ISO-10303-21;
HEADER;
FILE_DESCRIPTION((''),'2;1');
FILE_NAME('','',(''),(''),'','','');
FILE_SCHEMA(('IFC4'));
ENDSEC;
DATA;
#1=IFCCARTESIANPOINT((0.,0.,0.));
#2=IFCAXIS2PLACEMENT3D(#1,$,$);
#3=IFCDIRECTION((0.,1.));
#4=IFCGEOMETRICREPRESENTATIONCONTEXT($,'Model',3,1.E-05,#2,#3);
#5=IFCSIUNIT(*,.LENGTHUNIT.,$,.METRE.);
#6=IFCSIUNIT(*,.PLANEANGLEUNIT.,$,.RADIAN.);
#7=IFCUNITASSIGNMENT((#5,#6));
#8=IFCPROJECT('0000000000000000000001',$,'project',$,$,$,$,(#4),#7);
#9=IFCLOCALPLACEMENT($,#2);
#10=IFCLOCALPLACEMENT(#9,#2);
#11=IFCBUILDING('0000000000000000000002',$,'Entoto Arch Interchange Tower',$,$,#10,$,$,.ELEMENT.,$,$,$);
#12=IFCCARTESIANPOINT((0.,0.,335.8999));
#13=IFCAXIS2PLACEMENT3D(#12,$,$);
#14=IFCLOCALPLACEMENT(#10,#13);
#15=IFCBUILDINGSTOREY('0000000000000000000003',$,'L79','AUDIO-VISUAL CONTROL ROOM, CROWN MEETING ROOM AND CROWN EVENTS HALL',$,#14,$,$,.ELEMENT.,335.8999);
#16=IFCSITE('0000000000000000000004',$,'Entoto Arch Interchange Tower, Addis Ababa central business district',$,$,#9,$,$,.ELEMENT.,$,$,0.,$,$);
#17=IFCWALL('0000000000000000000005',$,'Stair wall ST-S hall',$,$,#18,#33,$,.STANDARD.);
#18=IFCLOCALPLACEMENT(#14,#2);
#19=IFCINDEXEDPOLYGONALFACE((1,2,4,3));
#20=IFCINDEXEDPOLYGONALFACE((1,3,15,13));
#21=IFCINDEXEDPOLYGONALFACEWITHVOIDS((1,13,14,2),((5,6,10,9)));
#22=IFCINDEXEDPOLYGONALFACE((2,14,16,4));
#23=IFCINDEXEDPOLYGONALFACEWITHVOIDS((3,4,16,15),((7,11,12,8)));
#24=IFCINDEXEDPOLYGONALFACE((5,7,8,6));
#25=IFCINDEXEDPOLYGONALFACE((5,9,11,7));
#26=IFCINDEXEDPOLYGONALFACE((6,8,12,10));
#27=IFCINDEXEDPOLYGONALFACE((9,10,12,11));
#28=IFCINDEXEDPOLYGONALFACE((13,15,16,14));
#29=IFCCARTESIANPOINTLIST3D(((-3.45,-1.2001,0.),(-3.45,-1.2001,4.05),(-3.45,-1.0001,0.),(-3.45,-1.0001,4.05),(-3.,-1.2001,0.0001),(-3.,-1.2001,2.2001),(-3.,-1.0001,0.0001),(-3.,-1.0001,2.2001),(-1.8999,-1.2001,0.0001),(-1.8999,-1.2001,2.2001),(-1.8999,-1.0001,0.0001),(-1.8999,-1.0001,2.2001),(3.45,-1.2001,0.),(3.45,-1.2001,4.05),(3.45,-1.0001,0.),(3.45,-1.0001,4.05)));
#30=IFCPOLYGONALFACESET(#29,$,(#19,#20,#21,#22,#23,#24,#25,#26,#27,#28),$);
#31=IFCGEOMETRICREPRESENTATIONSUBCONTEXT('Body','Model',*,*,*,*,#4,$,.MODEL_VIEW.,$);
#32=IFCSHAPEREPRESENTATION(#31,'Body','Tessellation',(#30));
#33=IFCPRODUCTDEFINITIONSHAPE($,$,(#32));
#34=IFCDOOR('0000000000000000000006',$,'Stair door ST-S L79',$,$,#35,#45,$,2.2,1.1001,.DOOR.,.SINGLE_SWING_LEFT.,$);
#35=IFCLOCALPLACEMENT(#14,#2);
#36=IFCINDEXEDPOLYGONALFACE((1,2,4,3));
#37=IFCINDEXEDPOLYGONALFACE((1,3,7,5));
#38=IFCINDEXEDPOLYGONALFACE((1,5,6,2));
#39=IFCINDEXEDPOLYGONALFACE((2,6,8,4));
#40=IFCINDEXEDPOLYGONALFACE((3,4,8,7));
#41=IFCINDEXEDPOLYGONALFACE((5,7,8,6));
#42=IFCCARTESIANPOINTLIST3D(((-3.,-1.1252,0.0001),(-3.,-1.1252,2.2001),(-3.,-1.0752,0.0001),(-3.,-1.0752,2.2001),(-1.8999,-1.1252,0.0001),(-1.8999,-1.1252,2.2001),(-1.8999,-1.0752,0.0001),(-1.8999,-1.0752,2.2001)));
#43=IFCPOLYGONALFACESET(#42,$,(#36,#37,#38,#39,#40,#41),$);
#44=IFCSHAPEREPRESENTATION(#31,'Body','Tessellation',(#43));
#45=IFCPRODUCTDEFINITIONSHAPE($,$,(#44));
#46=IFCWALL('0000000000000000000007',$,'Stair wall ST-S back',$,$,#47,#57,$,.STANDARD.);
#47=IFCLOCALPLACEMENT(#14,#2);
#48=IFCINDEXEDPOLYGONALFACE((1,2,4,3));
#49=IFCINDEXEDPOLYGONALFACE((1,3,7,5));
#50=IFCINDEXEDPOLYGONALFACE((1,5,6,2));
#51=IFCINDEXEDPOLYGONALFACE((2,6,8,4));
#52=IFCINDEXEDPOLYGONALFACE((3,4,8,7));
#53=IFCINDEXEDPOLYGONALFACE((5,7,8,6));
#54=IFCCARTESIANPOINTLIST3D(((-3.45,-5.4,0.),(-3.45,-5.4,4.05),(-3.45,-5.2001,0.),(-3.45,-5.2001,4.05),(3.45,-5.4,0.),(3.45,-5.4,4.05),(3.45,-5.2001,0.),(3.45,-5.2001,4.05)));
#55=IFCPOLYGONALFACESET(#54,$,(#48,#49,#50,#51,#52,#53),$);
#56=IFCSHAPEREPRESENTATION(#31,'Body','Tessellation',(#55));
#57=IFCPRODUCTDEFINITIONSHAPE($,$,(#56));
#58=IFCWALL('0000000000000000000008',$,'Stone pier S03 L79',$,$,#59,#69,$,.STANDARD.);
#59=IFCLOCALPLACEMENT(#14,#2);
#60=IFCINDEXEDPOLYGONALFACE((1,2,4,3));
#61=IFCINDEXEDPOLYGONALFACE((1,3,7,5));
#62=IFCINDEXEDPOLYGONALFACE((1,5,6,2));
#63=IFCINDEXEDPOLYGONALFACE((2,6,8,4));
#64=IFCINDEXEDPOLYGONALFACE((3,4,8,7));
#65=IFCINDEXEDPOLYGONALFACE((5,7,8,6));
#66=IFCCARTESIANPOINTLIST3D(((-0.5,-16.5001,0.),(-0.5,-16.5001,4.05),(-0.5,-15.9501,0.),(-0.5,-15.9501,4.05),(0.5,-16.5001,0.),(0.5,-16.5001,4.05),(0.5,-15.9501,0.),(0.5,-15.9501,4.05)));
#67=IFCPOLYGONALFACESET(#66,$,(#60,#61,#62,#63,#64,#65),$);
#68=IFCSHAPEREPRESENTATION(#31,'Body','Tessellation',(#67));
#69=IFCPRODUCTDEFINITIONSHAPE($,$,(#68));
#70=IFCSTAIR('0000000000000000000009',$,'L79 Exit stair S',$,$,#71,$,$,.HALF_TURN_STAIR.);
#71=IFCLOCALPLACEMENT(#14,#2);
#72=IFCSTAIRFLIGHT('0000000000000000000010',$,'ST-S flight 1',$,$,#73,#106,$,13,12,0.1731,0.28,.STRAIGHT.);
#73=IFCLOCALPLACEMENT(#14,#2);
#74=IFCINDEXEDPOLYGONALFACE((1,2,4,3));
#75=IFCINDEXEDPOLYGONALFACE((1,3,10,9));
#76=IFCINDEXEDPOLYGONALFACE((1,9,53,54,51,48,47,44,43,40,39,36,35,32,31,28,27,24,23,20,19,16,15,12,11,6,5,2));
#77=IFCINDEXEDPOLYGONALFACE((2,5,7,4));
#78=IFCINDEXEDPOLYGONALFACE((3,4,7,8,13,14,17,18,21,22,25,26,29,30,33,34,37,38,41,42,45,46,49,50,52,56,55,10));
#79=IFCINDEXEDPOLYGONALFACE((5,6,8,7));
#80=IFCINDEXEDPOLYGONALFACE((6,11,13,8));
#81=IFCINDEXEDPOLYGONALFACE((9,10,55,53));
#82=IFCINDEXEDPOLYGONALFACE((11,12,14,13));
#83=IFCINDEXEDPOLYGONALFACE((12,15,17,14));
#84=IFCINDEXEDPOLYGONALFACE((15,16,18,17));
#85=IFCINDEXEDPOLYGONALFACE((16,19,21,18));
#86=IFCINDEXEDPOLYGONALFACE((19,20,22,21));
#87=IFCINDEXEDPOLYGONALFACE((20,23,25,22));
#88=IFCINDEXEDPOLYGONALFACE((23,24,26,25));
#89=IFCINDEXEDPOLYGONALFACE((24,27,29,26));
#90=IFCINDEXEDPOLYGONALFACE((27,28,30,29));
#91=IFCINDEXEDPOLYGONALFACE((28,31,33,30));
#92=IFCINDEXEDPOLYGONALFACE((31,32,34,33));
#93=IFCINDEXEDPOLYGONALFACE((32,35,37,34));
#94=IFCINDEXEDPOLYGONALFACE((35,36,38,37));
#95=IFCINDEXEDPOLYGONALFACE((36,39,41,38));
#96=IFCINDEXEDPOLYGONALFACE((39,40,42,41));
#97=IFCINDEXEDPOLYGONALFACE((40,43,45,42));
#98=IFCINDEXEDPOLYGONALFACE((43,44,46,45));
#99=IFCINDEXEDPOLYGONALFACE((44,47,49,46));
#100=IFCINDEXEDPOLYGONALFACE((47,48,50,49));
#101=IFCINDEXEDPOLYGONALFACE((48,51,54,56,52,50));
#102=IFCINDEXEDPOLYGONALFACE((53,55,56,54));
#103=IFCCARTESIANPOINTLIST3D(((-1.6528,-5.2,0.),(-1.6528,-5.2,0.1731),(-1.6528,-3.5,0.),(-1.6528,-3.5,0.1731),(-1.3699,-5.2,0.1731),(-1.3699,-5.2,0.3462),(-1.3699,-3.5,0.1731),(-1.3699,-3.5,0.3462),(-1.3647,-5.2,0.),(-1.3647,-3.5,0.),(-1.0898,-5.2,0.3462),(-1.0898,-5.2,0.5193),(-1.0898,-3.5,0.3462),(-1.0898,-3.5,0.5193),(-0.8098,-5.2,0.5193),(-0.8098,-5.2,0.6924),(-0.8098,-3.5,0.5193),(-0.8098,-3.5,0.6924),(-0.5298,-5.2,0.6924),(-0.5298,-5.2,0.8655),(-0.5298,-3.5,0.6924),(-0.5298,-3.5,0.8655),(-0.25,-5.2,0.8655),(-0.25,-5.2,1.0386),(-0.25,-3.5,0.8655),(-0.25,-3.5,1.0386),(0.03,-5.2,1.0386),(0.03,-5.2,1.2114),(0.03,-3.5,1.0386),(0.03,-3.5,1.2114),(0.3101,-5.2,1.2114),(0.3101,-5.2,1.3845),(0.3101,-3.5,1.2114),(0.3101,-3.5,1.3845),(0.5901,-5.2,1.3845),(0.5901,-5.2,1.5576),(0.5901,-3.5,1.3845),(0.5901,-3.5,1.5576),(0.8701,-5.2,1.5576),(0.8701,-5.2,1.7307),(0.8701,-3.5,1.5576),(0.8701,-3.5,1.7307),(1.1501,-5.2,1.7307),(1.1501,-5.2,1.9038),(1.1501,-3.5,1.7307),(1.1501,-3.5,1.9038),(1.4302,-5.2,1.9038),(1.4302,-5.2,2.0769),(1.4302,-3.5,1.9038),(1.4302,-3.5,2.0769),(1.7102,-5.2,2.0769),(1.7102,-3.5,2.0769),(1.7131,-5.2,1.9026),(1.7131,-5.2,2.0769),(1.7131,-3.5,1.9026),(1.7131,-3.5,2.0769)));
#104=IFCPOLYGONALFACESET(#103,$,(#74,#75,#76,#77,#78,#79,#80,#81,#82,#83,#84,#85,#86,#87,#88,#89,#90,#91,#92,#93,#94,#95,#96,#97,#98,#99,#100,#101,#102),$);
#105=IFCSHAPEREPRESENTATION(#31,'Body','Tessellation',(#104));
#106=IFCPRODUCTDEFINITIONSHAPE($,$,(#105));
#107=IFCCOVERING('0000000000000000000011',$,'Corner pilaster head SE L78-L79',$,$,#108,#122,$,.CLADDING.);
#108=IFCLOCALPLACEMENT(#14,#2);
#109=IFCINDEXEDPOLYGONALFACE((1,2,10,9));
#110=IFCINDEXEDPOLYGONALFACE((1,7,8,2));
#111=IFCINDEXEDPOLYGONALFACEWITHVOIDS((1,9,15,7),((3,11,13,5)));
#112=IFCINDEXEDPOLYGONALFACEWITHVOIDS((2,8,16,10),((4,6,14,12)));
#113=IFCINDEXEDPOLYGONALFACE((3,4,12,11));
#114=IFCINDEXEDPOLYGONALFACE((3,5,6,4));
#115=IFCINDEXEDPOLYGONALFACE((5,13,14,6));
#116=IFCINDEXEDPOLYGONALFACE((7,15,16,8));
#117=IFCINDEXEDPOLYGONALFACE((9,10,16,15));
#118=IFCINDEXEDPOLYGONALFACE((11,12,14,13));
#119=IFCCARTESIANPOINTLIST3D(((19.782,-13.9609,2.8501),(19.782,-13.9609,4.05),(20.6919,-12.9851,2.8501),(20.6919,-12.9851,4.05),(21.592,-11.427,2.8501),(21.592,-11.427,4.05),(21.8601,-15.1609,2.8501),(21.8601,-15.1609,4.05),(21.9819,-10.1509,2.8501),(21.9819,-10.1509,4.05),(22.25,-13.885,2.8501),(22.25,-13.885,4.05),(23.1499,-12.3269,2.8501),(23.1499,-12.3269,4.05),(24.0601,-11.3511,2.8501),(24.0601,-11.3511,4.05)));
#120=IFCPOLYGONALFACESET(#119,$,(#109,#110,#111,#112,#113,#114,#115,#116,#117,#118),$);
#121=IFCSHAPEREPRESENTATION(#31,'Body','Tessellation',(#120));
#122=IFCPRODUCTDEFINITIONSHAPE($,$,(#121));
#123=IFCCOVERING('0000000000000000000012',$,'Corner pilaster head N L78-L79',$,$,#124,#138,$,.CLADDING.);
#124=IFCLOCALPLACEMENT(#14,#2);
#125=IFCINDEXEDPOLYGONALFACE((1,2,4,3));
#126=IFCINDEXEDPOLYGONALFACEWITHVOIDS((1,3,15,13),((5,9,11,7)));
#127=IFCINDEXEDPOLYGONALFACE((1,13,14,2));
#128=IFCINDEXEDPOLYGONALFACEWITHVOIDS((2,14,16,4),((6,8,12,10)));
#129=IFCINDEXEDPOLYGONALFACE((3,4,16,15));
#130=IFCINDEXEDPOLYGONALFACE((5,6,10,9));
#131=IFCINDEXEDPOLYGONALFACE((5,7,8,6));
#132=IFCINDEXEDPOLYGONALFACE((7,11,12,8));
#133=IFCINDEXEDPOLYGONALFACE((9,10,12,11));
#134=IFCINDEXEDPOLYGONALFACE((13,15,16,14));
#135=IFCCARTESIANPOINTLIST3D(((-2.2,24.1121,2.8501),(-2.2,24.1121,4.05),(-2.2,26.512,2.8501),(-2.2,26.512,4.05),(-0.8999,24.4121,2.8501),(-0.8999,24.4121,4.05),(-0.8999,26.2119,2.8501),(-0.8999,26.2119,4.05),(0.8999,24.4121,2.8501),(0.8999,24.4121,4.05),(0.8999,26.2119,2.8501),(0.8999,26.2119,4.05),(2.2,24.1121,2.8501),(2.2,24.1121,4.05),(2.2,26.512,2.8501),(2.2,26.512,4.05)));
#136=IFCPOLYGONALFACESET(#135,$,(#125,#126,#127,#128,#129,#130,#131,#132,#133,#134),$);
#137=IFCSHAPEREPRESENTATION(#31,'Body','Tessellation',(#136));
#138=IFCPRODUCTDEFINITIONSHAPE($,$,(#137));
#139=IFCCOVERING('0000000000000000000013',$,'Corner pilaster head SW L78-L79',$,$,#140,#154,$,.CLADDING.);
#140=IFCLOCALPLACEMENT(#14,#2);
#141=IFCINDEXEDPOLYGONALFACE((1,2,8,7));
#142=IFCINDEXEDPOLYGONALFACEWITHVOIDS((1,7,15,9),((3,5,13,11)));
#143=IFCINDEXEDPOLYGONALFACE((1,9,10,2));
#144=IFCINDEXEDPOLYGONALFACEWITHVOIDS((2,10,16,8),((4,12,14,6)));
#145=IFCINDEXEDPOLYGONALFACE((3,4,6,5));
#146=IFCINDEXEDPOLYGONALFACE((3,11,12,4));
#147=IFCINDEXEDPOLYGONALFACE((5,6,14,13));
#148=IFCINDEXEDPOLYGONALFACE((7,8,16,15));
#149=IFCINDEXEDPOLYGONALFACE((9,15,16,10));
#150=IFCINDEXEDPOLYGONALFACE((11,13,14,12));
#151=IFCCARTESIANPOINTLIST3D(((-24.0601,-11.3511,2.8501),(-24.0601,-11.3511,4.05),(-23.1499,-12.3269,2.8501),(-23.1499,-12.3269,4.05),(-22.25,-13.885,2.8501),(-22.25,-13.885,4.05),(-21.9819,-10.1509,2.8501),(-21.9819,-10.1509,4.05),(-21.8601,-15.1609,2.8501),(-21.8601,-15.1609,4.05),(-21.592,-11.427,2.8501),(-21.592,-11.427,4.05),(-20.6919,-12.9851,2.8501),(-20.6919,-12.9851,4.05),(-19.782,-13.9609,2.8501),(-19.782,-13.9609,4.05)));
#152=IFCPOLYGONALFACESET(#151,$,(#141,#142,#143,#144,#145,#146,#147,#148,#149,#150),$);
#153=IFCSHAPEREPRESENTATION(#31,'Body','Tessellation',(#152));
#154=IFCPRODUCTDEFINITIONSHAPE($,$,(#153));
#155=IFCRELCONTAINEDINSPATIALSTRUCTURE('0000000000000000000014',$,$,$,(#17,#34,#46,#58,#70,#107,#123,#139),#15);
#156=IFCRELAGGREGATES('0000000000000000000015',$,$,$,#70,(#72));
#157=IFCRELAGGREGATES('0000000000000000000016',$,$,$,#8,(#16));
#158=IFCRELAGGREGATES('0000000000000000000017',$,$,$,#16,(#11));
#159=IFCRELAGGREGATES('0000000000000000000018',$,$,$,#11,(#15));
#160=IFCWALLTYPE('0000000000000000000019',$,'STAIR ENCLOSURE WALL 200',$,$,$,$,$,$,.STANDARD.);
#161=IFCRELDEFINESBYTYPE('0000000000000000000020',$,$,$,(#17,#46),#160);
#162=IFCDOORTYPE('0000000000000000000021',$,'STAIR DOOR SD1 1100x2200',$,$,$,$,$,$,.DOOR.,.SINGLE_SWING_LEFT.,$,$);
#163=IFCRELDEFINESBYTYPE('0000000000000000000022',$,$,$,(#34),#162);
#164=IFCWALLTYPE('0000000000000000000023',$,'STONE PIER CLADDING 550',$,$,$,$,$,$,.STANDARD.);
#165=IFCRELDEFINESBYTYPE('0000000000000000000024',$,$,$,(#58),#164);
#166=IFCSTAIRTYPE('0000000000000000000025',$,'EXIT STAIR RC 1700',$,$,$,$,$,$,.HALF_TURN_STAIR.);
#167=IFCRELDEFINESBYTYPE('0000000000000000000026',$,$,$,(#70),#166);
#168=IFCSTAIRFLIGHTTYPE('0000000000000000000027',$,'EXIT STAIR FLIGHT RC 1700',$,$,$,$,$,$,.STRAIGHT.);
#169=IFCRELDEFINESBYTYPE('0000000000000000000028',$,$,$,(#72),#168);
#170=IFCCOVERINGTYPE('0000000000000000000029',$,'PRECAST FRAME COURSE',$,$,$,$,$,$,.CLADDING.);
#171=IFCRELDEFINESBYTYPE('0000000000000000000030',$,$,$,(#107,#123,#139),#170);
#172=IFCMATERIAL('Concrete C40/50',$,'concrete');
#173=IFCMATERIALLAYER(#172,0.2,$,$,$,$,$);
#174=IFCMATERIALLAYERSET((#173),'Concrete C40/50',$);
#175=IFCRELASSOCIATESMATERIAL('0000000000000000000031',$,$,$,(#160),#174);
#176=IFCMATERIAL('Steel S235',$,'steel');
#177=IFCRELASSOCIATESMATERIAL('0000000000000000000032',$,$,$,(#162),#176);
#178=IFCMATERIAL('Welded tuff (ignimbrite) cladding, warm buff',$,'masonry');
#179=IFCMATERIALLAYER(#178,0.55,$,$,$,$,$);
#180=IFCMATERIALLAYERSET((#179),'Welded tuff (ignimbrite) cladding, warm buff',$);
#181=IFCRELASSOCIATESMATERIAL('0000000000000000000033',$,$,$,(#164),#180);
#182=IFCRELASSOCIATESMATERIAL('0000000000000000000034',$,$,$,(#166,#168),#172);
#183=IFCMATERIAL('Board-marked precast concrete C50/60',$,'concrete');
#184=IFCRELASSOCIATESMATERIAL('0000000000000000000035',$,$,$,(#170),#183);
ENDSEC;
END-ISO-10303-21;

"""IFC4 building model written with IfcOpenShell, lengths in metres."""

from ifc_helpers import new_model, si_unit, direction, frame, frame_2d, origin, place, context, subcontext, project, spatial, polyline, rectangle, outline, extrude, material, layer, layer_set, type_object, element, fill, aggregate, save


model = new_model("IFC4")

# Units and contexts
model_context = context("Model", 3, precision=1e-05, world=origin(), true_north=direction((0.0, 1.0)))
body_context = subcontext(model_context, "Body", "Model", "MODEL_VIEW")
ifc_project = project(units=[si_unit("LENGTHUNIT", "METRE"), si_unit("PLANEANGLEUNIT", "RADIAN")], contexts=[model_context])

# Site, building, storey
site_placement = place(None, origin())
site = spatial("IfcSite", under=ifc_project, at=site_placement, Name="Entoto Arch Interchange Tower, Addis Ababa central business district", CompositionType="ELEMENT", RefElevation=0.0)
building_placement = place(site_placement, origin())
building = spatial("IfcBuilding", under=site, at=building_placement, Name="Entoto Arch Interchange Tower", CompositionType="ELEMENT")
storey_placement = place(building_placement, frame((0.0, 0.0, 335.8999)))
storey = spatial("IfcBuildingStorey", under=building, at=storey_placement, Name="L79", Description="AUDIO-VISUAL CONTROL ROOM, CROWN MEETING ROOM AND CROWN EVENTS HALL", CompositionType="ELEMENT", Elevation=335.8999)

# Shared definitions
ifc_material_1 = material(Name="Concrete C40/50", Category="concrete")

# Wall, opening, door
ifc_layer_1 = layer(ifc_material_1, 0.2)
ifc_layer_set_1 = layer_set([ifc_layer_1], Name="Concrete C40/50")
wall_type_1 = type_object("IfcWallType", Name="STAIR ENCLOSURE WALL 200", PredefinedType="STANDARD", material=ifc_layer_set_1)
ifc_material_2 = material(Name="Steel S235", Category="steel")
door_type_1 = type_object("IfcDoorType", Name="STAIR DOOR SD1 1100x2200", OperationType="SINGLE_SWING_LEFT", PredefinedType="DOOR", material=ifc_material_2)
wall_1_placement = place(storey_placement, frame((-3.45, -1.1001, 0.0), z_axis=(0.0, 0.0, 1.0), x_axis=(1.0, 0.0, 0.0)))
wall_1 = element("IfcWall", 1, at=wall_1_placement, inside=storey, type_object=wall_type_1, Name="Stair wall ST-S hall", PredefinedType="STANDARD", context=body_context, shape_type="SweptSolid", body=[
    extrude(rectangle(XDim=6.8999, YDim=0.2, at=frame_2d((3.45, 0.0))), origin(), (0.0, 0.0, 1.0), 4.05),
])
opening_1_placement = place(wall_1_placement, frame((0.45, 0.0, 0.0)))
opening_1 = element("IfcOpeningElement", 2, at=opening_1_placement, cuts=wall_1, PredefinedType="OPENING", context=body_context, shape_type="SweptSolid", body=[
    extrude(rectangle(XDim=1.1001, YDim=2.2, at=frame_2d((0.55, 1.1001))), frame((0.0, 0.1099, 0.0), z_axis=(0.0, -1.0, 0.0), x_axis=(1.0, 0.0, 0.0)), (0.0, 0.0, 1.0), 0.22),
])
door_1_placement = place(opening_1_placement, origin())
door_1 = element("IfcDoor", 3, at=door_1_placement, inside=storey, type_object=door_type_1, Name="Stair door ST-S L79", OperationType="SINGLE_SWING_LEFT", OverallHeight=2.2, OverallWidth=1.1001, PredefinedType="DOOR", context=body_context, shape_type="SweptSolid", body=[
    extrude(rectangle(XDim=1.1001, YDim=2.2, at=frame_2d((0.55, 1.1001))), frame((0.0, 0.0249, 0.0), z_axis=(0.0, -1.0, 0.0), x_axis=(1.0, 0.0, 0.0)), (0.0, 0.0, 1.0), 0.05),
])
fill(opening_1, door_1)

# Walls
wall_2_placement = place(storey_placement, frame((-3.45, -5.3, 0.0), z_axis=(0.0, 0.0, 1.0), x_axis=(1.0, 0.0, 0.0)))
element("IfcWall", 4, at=wall_2_placement, inside=storey, type_object=wall_type_1, Name="Stair wall ST-S back", PredefinedType="STANDARD", context=body_context, shape_type="SweptSolid", body=[
    extrude(rectangle(XDim=6.8999, YDim=0.2, at=frame_2d((3.45, 0.0))), origin(), (0.0, 0.0, 1.0), 4.05),
])
ifc_material_3 = material(Name="Welded tuff (ignimbrite) cladding, warm buff", Category="masonry")
ifc_layer_2 = layer(ifc_material_3, 0.55)
ifc_layer_set_2 = layer_set([ifc_layer_2], Name="Welded tuff (ignimbrite) cladding, warm buff")
wall_type_2 = type_object("IfcWallType", Name="STONE PIER CLADDING 550", PredefinedType="STANDARD", material=ifc_layer_set_2)
wall_3_placement = place(storey_placement, frame((-0.5, -16.2251, 0.0), z_axis=(0.0, 0.0, 1.0), x_axis=(1.0, 0.0, 0.0)))
element("IfcWall", 5, at=wall_3_placement, inside=storey, type_object=wall_type_2, Name="Stone pier S03 L79", PredefinedType="STANDARD", context=body_context, shape_type="SweptSolid", body=[
    extrude(rectangle(XDim=1.0, YDim=0.55, at=frame_2d((0.5, 0.0))), origin(), (0.0, 0.0, 1.0), 4.05),
])

# Stair, stair flight
stair_type = type_object("IfcStairType", Name="EXIT STAIR RC 1700", PredefinedType="HALF_TURN_STAIR", material=ifc_material_1)
stair_placement = place(storey_placement, origin())
stair = element("IfcStair", 6, at=stair_placement, inside=storey, type_object=stair_type, Name="L79 Exit stair S", PredefinedType="HALF_TURN_STAIR")
stair_flight_type = type_object("IfcStairFlightType", Name="EXIT STAIR FLIGHT RC 1700", PredefinedType="STRAIGHT", material=ifc_material_1)
stair_flight_placement = place(storey_placement, frame((-1.6499, -4.3501, 0.0), z_axis=(0.0, 0.0, 1.0), x_axis=(1.0, 0.0, 0.0)))
stair_flight = element("IfcStairFlight", 7, at=stair_flight_placement, type_object=stair_flight_type, Name="ST-S flight 1", NumberOfRisers=13, NumberOfTreads=12, PredefinedType="STRAIGHT", RiserHeight=0.1731, TreadLength=0.28, context=body_context, shape_type="SweptSolid", body=[
    extrude(outline(polyline([(-0.0029, 0.0), (-0.0029, 0.1731), (0.28, 0.1731), (0.28, 0.3462), (0.5601, 0.3462), (0.5601, 0.5193), (0.8401, 0.5193), (0.8401, 0.6924), (1.1201, 0.6924), (1.1201, 0.8655), (1.3999, 0.8655), (1.3999, 1.0386), (1.6799, 1.0386), (1.6799, 1.2114), (1.96, 1.2114), (1.96, 1.3845), (2.24, 1.3845), (2.24, 1.5576), (2.52, 1.5576), (2.52, 1.7307), (2.8, 1.7307), (2.8, 1.9038), (3.0801, 1.9038), (3.0801, 2.0769), (3.3601, 2.0769), (3.363, 2.0769), (3.363, 1.9026), (0.2852, 0.0), (-0.0029, 0.0)])), frame((0.0, 0.8501, 0.0), z_axis=(0.0, -1.0, 0.0), x_axis=(1.0, 0.0, 0.0)), (0.0, 0.0, 1.0), 1.7),
])
aggregate(stair, [stair_flight])

# Coverings
ifc_material_4 = material(Name="Board-marked precast concrete C50/60", Category="concrete")
covering_type = type_object("IfcCoveringType", Name="PRECAST FRAME COURSE", PredefinedType="CLADDING", material=ifc_material_4)
covering_1_placement = place(storey_placement, frame((0.0, 0.0, 2.8501)))
element("IfcCovering", 8, at=covering_1_placement, inside=storey, type_object=covering_type, Name="Corner pilaster head SE L78-L79", PredefinedType="CLADDING", context=body_context, shape_type="SweptSolid", body=[
    extrude(outline(polyline([(24.0601, -11.3511), (21.8601, -15.1609), (19.782, -13.9609), (21.9819, -10.1509), (24.0601, -11.3511)]), holes=[polyline([(20.6919, -12.9851), (22.25, -13.885), (23.1499, -12.3269), (21.592, -11.427), (20.6919, -12.9851)])]), origin(), (0.0, 0.0, 1.0), 1.2),
])
covering_2_placement = place(storey_placement, frame((0.0, 0.0, 2.8501)))
element("IfcCovering", 9, at=covering_2_placement, inside=storey, type_object=covering_type, Name="Corner pilaster head N L78-L79", PredefinedType="CLADDING", context=body_context, shape_type="SweptSolid", body=[
    extrude(outline(polyline([(-2.2, 26.512), (2.2, 26.512), (2.2, 24.1121), (-2.2, 24.1121), (-2.2, 26.512)]), holes=[polyline([(0.8999, 24.4121), (0.8999, 26.2119), (-0.8999, 26.2119), (-0.8999, 24.4121), (0.8999, 24.4121)])]), origin(), (0.0, 0.0, 1.0), 1.2),
])
covering_3_placement = place(storey_placement, frame((0.0, 0.0, 2.8501)))
element("IfcCovering", 10, at=covering_3_placement, inside=storey, type_object=covering_type, Name="Corner pilaster head SW L78-L79", PredefinedType="CLADDING", context=body_context, shape_type="SweptSolid", body=[
    extrude(outline(polyline([(-21.8601, -15.1609), (-24.0601, -11.3511), (-21.9819, -10.1509), (-19.782, -13.9609), (-21.8601, -15.1609)]), holes=[polyline([(-21.592, -11.427), (-23.1499, -12.3269), (-22.25, -13.885), (-20.6919, -12.9851), (-21.592, -11.427)])]), origin(), (0.0, 0.0, 1.0), 1.2),
])

save(model, "model.ifc")
